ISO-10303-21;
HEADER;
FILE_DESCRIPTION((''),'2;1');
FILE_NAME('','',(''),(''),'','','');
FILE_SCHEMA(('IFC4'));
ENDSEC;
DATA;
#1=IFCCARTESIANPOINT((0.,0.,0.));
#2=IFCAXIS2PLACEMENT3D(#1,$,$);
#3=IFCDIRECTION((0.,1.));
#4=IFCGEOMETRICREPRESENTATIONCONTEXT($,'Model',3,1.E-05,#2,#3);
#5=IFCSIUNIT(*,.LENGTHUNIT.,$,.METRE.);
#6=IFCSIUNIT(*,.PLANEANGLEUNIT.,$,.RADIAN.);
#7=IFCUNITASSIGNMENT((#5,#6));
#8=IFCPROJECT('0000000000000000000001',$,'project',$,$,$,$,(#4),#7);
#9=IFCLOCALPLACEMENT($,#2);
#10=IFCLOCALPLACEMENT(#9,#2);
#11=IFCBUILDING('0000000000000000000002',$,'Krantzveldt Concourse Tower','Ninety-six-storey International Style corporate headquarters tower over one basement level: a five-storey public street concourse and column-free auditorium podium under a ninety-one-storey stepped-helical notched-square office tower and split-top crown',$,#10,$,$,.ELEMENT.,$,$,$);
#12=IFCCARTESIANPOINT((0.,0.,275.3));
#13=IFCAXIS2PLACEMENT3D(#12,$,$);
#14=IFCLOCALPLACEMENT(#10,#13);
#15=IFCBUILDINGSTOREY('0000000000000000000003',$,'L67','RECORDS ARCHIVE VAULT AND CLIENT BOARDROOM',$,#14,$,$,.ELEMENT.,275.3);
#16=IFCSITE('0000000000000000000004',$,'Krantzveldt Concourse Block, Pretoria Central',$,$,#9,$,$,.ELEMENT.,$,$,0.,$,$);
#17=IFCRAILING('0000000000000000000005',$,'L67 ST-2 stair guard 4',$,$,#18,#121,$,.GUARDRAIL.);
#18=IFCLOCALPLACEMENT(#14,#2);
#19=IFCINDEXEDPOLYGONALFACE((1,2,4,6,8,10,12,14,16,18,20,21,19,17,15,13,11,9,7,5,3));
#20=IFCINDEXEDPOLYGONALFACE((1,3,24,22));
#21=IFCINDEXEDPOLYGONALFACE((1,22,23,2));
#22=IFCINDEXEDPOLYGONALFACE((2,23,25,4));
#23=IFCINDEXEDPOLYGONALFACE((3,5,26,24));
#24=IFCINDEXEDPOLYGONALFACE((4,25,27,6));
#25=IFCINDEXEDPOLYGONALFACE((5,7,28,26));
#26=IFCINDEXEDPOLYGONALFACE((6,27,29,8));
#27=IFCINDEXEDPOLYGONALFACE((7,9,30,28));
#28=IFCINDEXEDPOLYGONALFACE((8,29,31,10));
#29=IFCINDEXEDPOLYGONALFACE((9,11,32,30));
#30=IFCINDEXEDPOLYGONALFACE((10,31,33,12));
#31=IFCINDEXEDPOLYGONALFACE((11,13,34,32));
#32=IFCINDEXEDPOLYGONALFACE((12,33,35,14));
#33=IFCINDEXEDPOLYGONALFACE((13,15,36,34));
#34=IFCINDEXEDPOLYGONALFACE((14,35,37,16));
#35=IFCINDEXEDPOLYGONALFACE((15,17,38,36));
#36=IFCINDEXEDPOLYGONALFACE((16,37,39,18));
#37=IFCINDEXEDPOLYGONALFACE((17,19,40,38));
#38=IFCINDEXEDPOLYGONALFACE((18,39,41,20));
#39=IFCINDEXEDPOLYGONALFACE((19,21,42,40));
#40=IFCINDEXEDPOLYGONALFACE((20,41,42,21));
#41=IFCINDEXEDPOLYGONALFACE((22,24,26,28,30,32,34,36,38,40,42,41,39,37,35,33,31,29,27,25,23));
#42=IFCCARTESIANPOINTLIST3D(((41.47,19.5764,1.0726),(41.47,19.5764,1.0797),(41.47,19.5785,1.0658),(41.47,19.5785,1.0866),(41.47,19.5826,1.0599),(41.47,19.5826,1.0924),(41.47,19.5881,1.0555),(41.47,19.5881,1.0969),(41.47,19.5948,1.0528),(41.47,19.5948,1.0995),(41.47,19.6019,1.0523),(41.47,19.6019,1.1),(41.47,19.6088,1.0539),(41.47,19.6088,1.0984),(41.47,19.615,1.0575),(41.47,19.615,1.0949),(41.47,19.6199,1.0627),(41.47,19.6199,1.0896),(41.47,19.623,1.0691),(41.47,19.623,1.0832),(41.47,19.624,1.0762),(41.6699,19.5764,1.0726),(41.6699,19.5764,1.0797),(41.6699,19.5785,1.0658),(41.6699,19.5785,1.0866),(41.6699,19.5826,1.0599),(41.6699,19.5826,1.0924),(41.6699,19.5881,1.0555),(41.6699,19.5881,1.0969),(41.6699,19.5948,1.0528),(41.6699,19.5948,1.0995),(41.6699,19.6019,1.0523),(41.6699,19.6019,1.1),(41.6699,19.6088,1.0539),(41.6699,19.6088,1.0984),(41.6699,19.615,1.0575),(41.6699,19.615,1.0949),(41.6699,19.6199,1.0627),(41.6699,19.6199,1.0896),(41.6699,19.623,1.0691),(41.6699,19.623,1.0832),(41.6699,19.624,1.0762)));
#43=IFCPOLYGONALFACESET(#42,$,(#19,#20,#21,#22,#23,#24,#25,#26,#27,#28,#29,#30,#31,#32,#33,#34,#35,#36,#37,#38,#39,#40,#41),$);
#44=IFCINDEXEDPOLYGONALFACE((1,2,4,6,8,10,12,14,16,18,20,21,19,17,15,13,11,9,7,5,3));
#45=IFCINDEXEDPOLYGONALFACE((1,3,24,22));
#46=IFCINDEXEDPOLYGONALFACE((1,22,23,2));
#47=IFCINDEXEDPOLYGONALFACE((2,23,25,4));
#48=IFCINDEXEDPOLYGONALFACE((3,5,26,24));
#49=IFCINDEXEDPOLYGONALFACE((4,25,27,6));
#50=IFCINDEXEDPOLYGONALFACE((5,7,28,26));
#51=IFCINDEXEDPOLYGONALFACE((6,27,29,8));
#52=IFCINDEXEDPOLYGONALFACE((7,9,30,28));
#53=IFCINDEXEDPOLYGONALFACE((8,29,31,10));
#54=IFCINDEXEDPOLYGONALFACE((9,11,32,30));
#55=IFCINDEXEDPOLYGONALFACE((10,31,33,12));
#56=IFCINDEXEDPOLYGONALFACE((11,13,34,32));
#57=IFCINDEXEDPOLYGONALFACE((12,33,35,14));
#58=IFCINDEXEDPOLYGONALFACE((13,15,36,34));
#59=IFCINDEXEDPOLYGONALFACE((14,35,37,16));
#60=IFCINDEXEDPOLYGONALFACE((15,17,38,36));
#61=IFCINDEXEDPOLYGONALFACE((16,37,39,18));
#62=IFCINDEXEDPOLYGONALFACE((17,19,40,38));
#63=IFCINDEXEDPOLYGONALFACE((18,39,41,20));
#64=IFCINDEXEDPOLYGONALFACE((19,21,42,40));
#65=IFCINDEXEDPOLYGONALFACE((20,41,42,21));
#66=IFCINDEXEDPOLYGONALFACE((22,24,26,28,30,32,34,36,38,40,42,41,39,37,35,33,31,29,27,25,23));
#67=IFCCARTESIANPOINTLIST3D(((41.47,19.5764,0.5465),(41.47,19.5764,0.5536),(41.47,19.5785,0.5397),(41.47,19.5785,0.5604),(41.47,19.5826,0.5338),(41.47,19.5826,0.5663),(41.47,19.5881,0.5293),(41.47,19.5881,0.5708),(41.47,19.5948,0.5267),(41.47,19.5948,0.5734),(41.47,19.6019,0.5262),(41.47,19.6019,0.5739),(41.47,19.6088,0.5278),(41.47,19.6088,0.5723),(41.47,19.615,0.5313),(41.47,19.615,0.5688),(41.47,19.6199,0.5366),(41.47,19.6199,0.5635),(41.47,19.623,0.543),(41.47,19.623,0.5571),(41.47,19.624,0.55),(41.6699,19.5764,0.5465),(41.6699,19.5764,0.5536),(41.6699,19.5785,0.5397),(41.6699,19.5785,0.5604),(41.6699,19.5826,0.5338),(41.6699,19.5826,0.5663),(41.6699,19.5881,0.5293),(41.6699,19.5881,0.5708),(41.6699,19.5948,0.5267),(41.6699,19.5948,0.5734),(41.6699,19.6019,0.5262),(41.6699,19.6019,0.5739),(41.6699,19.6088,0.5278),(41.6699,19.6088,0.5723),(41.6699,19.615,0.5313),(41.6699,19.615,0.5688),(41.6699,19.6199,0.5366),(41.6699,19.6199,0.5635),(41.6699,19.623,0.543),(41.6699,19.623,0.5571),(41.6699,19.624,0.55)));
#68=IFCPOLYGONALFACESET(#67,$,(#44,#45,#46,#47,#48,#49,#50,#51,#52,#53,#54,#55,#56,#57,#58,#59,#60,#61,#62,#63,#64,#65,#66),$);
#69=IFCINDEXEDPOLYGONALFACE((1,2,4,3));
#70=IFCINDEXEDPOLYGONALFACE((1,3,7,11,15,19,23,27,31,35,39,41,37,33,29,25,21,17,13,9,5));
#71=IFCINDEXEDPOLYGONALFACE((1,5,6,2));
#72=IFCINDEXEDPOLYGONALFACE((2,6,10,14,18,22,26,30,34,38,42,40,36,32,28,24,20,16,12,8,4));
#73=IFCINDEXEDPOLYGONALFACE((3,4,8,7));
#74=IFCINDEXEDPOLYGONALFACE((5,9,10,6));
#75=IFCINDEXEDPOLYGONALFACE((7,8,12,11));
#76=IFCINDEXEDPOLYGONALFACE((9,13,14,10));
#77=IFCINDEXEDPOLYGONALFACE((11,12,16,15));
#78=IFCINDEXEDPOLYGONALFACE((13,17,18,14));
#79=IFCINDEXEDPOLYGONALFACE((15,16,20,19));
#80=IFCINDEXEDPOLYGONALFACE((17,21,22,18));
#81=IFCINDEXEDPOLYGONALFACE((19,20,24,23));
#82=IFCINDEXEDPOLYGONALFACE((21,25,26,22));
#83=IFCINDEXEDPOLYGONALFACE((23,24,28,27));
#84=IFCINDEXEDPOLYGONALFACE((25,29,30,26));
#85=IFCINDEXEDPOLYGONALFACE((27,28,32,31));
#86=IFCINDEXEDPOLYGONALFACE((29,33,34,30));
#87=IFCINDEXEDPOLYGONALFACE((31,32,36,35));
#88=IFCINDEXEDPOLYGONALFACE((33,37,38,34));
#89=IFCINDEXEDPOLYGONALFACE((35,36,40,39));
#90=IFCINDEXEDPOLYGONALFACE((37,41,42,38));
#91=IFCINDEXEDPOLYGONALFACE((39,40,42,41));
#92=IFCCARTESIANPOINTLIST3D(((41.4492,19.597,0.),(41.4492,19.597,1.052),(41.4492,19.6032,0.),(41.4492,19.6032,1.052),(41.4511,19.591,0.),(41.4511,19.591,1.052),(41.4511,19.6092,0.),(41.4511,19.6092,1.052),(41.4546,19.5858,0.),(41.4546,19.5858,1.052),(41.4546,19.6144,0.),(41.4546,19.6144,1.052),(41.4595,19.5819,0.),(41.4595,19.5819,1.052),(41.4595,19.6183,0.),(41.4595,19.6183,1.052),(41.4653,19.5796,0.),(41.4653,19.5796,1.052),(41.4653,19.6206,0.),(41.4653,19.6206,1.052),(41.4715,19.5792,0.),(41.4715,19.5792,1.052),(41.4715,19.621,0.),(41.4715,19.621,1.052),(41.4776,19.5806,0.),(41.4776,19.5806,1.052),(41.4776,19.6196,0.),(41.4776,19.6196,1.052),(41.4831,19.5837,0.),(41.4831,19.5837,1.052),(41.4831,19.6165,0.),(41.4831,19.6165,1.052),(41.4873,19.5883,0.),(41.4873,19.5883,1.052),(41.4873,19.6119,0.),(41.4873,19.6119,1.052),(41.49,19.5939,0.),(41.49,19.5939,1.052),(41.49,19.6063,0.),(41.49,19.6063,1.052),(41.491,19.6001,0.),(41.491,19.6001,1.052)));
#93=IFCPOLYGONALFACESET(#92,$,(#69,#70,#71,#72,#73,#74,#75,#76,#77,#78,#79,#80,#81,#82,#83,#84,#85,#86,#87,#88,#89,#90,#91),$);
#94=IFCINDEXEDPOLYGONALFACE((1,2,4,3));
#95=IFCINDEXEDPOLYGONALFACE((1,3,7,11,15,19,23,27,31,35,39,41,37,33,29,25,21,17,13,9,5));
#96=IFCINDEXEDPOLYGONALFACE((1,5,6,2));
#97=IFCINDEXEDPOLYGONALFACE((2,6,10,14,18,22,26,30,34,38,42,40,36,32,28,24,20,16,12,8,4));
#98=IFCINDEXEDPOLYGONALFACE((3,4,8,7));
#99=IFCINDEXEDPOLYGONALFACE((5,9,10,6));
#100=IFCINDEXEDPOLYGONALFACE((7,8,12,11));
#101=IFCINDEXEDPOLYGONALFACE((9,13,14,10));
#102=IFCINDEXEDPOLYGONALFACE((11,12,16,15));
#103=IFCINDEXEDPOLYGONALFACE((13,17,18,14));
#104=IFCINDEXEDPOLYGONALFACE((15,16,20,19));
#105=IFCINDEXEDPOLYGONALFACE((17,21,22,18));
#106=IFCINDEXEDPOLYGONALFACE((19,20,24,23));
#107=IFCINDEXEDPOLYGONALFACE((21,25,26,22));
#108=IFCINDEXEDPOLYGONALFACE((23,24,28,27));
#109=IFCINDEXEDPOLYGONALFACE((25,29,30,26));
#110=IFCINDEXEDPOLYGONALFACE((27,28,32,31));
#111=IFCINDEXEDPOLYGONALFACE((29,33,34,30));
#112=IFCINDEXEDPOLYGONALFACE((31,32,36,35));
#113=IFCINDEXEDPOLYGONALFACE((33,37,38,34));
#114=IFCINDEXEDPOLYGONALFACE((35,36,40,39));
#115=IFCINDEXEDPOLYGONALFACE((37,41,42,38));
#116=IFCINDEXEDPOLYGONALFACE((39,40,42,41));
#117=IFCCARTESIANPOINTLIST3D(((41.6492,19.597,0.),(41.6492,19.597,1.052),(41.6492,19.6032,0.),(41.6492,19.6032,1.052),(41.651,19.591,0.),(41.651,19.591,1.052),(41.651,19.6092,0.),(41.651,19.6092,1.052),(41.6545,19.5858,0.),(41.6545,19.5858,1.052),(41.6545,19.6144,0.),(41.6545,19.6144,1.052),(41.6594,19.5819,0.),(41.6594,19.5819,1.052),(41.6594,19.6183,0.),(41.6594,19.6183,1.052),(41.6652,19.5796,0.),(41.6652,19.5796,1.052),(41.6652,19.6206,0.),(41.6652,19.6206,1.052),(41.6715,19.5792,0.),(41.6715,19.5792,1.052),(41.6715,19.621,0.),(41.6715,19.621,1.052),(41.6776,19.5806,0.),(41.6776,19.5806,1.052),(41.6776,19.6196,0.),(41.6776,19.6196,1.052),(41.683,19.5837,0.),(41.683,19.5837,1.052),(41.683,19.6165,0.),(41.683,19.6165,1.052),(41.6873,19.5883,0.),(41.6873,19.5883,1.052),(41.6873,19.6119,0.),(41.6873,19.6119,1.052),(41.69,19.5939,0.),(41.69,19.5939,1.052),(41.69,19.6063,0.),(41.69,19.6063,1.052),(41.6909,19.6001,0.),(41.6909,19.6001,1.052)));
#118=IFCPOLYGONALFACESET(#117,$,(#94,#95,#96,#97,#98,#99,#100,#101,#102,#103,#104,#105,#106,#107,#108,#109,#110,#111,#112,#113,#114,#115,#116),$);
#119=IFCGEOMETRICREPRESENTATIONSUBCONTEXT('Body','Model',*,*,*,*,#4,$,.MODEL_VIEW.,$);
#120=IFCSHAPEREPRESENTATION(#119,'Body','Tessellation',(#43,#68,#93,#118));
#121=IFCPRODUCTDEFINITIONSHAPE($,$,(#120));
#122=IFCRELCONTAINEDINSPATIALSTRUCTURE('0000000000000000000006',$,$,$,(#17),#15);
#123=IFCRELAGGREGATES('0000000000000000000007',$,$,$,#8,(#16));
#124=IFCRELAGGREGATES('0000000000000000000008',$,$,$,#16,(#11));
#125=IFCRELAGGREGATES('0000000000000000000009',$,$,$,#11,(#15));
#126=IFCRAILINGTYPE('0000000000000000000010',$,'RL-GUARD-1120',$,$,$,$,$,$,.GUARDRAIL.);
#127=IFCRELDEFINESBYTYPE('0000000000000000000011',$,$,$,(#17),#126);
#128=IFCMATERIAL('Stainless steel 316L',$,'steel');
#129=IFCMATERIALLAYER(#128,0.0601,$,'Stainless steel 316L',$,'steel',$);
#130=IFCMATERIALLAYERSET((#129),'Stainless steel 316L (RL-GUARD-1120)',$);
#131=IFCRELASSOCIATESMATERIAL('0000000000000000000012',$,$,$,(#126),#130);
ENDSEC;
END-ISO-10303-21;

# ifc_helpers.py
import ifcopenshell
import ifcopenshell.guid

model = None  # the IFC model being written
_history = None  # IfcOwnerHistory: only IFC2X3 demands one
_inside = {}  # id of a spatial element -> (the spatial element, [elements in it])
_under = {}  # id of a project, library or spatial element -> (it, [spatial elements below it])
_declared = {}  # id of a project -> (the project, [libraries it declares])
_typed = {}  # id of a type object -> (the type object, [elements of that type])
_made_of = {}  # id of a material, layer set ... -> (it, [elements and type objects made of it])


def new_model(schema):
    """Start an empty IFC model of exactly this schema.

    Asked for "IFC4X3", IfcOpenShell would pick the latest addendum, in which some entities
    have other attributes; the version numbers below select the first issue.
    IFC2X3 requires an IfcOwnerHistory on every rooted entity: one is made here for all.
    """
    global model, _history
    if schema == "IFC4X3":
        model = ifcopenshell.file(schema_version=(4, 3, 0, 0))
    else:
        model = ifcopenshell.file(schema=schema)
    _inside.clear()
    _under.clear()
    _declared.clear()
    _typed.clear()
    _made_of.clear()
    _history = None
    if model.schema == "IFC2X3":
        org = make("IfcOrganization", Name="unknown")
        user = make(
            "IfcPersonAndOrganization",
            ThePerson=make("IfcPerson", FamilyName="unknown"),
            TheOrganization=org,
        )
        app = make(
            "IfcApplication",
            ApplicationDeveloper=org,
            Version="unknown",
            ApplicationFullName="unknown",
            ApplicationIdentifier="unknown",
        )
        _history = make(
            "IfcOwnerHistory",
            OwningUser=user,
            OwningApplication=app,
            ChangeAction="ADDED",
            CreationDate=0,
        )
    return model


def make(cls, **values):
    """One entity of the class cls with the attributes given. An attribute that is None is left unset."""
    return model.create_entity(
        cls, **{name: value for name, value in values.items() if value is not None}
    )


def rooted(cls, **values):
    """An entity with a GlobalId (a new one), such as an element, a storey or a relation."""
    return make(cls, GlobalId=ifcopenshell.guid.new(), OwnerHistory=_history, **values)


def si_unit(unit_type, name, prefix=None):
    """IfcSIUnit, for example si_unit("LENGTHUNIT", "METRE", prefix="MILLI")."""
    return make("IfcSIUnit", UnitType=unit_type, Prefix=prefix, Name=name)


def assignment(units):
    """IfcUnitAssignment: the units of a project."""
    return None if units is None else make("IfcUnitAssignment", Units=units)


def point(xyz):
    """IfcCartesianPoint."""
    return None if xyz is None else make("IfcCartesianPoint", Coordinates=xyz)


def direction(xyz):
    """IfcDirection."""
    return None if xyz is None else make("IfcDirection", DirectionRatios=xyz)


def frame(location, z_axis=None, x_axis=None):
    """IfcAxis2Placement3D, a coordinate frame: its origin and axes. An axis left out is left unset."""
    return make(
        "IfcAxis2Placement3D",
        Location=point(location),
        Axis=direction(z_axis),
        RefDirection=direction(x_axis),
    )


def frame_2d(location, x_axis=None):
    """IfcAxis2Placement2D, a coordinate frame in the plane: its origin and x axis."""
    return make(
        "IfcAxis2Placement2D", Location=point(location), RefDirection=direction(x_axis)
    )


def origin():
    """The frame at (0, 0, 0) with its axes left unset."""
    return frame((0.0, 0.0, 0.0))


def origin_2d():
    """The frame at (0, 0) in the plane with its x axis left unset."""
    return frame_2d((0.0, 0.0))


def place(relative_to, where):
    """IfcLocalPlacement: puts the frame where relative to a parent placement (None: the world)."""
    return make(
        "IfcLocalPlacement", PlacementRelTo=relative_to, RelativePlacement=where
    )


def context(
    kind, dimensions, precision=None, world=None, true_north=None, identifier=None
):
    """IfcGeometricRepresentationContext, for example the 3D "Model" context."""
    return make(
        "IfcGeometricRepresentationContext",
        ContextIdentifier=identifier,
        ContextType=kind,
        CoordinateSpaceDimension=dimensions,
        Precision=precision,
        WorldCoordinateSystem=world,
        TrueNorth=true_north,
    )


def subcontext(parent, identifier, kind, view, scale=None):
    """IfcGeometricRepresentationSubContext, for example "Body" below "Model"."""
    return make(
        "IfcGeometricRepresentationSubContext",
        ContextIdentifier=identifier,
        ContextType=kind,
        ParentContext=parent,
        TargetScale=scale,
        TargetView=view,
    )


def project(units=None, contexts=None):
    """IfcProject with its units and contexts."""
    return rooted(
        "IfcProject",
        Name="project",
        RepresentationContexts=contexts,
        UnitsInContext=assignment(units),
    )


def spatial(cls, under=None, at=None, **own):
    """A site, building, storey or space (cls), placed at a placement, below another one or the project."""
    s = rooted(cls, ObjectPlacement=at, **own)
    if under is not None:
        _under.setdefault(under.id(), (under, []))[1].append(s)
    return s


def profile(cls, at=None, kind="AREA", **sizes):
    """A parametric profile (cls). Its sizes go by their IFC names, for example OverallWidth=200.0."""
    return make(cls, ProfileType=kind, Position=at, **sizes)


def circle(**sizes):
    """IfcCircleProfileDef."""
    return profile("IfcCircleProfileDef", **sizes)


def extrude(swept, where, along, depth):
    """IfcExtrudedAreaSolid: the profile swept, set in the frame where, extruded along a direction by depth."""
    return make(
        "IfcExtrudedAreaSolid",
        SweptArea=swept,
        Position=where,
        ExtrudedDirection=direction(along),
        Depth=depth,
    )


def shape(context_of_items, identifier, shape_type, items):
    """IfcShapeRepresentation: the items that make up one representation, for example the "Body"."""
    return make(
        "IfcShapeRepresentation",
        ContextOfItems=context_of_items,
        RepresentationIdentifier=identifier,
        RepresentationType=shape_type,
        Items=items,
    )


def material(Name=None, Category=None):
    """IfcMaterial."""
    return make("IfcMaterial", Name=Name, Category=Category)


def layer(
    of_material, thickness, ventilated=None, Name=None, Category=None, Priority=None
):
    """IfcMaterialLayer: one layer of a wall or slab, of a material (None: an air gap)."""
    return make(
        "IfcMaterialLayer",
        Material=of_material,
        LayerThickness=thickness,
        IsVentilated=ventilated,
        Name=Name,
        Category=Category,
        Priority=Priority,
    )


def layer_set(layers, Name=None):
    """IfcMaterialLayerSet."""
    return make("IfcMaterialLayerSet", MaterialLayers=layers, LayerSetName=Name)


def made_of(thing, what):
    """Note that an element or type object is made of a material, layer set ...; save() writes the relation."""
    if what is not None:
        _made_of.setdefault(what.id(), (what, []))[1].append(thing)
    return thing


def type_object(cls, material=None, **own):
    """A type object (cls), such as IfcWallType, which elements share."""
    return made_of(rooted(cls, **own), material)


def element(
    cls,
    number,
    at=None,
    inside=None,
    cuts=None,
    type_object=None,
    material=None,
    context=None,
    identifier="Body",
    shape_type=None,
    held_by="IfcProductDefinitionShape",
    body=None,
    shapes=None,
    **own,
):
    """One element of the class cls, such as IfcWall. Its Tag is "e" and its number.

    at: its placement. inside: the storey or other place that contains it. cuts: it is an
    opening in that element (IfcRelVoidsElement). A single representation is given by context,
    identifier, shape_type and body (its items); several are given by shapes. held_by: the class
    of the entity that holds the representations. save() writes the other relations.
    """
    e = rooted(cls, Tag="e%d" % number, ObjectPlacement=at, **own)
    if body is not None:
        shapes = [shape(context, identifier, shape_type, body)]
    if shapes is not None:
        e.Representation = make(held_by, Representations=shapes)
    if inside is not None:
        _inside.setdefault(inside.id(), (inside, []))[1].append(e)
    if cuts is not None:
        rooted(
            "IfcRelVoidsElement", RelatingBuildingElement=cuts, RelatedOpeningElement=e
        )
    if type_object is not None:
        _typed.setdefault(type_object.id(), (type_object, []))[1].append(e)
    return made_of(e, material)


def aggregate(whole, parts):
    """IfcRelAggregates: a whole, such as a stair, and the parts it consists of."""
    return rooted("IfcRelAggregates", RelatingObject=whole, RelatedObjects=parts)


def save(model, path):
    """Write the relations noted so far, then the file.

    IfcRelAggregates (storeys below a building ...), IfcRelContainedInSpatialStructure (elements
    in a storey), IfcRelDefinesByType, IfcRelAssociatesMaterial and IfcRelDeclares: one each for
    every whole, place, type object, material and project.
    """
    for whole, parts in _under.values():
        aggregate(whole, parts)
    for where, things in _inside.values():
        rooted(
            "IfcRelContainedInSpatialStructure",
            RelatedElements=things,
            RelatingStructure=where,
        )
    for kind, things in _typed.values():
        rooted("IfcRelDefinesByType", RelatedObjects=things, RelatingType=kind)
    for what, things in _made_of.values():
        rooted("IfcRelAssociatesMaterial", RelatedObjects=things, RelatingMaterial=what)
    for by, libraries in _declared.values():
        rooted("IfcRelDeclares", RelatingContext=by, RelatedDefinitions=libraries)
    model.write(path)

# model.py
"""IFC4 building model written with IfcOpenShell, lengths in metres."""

from ifc_helpers import new_model, si_unit, direction, frame, origin, origin_2d, place, context, subcontext, project, spatial, circle, extrude, material, layer, layer_set, type_object, element, save


model = new_model("IFC4")

# Units and contexts
model_context = context("Model", 3, precision=1e-05, world=origin(), true_north=direction((0.0, 1.0)))
body_context = subcontext(model_context, "Body", "Model", "MODEL_VIEW")
ifc_project = project(units=[si_unit("LENGTHUNIT", "METRE"), si_unit("PLANEANGLEUNIT", "RADIAN")], contexts=[model_context])

# Site, building, storey
site_placement = place(None, origin())
site = spatial("IfcSite", under=ifc_project, at=site_placement, Name="Krantzveldt Concourse Block, Pretoria Central", CompositionType="ELEMENT", RefElevation=0.0)
building_placement = place(site_placement, origin())
building = spatial("IfcBuilding", under=site, at=building_placement, Name="Krantzveldt Concourse Tower", Description="Ninety-six-storey International Style corporate headquarters tower over one basement level: a five-storey public street concourse and column-free auditorium podium under a ninety-one-storey stepped-helical notched-square office tower and split-top crown", CompositionType="ELEMENT")
storey_placement = place(building_placement, frame((0.0, 0.0, 275.3)))
storey = spatial("IfcBuildingStorey", under=building, at=storey_placement, Name="L67", Description="RECORDS ARCHIVE VAULT AND CLIENT BOARDROOM", CompositionType="ELEMENT", Elevation=275.3)

# Railing
ifc_material_1 = material(Name="Stainless steel 316L", Category="steel")
ifc_layer_1 = layer(ifc_material_1, 0.0601, Name="Stainless steel 316L", Category="steel")
ifc_layer_set_1 = layer_set([ifc_layer_1], Name="Stainless steel 316L (RL-GUARD-1120)")
railing_type_1 = type_object("IfcRailingType", Name="RL-GUARD-1120", PredefinedType="GUARDRAIL", material=ifc_layer_set_1)
railing_1_placement = place(storey_placement, frame((41.47, 19.6001, 0.0)))
element("IfcRailing", 1, at=railing_1_placement, inside=storey, type_object=railing_type_1, Name="L67 ST-2 stair guard 4", PredefinedType="GUARDRAIL", context=body_context, shape_type="SweptSolid", body=[
    extrude(circle(Radius=0.0239, at=origin_2d()), frame((0.0, 0.0, 1.0762), z_axis=(1.0, 0.0, 0.0), x_axis=(0.0, 1.0, 0.0)), (0.0, 0.0, 1.0), 0.2),
    extrude(circle(Radius=0.0239, at=origin_2d()), frame((0.0, 0.0, 0.55), z_axis=(1.0, 0.0, 0.0), x_axis=(0.0, 1.0, 0.0)), (0.0, 0.0, 1.0), 0.2),
    extrude(circle(Radius=0.021, at=origin_2d()), origin(), (0.0, 0.0, 1.0), 1.052),
    extrude(circle(Radius=0.021, at=origin_2d()), frame((0.2, 0.0, 0.0)), (0.0, 0.0, 1.0), 1.052),
])

save(model, "model.ifc")
